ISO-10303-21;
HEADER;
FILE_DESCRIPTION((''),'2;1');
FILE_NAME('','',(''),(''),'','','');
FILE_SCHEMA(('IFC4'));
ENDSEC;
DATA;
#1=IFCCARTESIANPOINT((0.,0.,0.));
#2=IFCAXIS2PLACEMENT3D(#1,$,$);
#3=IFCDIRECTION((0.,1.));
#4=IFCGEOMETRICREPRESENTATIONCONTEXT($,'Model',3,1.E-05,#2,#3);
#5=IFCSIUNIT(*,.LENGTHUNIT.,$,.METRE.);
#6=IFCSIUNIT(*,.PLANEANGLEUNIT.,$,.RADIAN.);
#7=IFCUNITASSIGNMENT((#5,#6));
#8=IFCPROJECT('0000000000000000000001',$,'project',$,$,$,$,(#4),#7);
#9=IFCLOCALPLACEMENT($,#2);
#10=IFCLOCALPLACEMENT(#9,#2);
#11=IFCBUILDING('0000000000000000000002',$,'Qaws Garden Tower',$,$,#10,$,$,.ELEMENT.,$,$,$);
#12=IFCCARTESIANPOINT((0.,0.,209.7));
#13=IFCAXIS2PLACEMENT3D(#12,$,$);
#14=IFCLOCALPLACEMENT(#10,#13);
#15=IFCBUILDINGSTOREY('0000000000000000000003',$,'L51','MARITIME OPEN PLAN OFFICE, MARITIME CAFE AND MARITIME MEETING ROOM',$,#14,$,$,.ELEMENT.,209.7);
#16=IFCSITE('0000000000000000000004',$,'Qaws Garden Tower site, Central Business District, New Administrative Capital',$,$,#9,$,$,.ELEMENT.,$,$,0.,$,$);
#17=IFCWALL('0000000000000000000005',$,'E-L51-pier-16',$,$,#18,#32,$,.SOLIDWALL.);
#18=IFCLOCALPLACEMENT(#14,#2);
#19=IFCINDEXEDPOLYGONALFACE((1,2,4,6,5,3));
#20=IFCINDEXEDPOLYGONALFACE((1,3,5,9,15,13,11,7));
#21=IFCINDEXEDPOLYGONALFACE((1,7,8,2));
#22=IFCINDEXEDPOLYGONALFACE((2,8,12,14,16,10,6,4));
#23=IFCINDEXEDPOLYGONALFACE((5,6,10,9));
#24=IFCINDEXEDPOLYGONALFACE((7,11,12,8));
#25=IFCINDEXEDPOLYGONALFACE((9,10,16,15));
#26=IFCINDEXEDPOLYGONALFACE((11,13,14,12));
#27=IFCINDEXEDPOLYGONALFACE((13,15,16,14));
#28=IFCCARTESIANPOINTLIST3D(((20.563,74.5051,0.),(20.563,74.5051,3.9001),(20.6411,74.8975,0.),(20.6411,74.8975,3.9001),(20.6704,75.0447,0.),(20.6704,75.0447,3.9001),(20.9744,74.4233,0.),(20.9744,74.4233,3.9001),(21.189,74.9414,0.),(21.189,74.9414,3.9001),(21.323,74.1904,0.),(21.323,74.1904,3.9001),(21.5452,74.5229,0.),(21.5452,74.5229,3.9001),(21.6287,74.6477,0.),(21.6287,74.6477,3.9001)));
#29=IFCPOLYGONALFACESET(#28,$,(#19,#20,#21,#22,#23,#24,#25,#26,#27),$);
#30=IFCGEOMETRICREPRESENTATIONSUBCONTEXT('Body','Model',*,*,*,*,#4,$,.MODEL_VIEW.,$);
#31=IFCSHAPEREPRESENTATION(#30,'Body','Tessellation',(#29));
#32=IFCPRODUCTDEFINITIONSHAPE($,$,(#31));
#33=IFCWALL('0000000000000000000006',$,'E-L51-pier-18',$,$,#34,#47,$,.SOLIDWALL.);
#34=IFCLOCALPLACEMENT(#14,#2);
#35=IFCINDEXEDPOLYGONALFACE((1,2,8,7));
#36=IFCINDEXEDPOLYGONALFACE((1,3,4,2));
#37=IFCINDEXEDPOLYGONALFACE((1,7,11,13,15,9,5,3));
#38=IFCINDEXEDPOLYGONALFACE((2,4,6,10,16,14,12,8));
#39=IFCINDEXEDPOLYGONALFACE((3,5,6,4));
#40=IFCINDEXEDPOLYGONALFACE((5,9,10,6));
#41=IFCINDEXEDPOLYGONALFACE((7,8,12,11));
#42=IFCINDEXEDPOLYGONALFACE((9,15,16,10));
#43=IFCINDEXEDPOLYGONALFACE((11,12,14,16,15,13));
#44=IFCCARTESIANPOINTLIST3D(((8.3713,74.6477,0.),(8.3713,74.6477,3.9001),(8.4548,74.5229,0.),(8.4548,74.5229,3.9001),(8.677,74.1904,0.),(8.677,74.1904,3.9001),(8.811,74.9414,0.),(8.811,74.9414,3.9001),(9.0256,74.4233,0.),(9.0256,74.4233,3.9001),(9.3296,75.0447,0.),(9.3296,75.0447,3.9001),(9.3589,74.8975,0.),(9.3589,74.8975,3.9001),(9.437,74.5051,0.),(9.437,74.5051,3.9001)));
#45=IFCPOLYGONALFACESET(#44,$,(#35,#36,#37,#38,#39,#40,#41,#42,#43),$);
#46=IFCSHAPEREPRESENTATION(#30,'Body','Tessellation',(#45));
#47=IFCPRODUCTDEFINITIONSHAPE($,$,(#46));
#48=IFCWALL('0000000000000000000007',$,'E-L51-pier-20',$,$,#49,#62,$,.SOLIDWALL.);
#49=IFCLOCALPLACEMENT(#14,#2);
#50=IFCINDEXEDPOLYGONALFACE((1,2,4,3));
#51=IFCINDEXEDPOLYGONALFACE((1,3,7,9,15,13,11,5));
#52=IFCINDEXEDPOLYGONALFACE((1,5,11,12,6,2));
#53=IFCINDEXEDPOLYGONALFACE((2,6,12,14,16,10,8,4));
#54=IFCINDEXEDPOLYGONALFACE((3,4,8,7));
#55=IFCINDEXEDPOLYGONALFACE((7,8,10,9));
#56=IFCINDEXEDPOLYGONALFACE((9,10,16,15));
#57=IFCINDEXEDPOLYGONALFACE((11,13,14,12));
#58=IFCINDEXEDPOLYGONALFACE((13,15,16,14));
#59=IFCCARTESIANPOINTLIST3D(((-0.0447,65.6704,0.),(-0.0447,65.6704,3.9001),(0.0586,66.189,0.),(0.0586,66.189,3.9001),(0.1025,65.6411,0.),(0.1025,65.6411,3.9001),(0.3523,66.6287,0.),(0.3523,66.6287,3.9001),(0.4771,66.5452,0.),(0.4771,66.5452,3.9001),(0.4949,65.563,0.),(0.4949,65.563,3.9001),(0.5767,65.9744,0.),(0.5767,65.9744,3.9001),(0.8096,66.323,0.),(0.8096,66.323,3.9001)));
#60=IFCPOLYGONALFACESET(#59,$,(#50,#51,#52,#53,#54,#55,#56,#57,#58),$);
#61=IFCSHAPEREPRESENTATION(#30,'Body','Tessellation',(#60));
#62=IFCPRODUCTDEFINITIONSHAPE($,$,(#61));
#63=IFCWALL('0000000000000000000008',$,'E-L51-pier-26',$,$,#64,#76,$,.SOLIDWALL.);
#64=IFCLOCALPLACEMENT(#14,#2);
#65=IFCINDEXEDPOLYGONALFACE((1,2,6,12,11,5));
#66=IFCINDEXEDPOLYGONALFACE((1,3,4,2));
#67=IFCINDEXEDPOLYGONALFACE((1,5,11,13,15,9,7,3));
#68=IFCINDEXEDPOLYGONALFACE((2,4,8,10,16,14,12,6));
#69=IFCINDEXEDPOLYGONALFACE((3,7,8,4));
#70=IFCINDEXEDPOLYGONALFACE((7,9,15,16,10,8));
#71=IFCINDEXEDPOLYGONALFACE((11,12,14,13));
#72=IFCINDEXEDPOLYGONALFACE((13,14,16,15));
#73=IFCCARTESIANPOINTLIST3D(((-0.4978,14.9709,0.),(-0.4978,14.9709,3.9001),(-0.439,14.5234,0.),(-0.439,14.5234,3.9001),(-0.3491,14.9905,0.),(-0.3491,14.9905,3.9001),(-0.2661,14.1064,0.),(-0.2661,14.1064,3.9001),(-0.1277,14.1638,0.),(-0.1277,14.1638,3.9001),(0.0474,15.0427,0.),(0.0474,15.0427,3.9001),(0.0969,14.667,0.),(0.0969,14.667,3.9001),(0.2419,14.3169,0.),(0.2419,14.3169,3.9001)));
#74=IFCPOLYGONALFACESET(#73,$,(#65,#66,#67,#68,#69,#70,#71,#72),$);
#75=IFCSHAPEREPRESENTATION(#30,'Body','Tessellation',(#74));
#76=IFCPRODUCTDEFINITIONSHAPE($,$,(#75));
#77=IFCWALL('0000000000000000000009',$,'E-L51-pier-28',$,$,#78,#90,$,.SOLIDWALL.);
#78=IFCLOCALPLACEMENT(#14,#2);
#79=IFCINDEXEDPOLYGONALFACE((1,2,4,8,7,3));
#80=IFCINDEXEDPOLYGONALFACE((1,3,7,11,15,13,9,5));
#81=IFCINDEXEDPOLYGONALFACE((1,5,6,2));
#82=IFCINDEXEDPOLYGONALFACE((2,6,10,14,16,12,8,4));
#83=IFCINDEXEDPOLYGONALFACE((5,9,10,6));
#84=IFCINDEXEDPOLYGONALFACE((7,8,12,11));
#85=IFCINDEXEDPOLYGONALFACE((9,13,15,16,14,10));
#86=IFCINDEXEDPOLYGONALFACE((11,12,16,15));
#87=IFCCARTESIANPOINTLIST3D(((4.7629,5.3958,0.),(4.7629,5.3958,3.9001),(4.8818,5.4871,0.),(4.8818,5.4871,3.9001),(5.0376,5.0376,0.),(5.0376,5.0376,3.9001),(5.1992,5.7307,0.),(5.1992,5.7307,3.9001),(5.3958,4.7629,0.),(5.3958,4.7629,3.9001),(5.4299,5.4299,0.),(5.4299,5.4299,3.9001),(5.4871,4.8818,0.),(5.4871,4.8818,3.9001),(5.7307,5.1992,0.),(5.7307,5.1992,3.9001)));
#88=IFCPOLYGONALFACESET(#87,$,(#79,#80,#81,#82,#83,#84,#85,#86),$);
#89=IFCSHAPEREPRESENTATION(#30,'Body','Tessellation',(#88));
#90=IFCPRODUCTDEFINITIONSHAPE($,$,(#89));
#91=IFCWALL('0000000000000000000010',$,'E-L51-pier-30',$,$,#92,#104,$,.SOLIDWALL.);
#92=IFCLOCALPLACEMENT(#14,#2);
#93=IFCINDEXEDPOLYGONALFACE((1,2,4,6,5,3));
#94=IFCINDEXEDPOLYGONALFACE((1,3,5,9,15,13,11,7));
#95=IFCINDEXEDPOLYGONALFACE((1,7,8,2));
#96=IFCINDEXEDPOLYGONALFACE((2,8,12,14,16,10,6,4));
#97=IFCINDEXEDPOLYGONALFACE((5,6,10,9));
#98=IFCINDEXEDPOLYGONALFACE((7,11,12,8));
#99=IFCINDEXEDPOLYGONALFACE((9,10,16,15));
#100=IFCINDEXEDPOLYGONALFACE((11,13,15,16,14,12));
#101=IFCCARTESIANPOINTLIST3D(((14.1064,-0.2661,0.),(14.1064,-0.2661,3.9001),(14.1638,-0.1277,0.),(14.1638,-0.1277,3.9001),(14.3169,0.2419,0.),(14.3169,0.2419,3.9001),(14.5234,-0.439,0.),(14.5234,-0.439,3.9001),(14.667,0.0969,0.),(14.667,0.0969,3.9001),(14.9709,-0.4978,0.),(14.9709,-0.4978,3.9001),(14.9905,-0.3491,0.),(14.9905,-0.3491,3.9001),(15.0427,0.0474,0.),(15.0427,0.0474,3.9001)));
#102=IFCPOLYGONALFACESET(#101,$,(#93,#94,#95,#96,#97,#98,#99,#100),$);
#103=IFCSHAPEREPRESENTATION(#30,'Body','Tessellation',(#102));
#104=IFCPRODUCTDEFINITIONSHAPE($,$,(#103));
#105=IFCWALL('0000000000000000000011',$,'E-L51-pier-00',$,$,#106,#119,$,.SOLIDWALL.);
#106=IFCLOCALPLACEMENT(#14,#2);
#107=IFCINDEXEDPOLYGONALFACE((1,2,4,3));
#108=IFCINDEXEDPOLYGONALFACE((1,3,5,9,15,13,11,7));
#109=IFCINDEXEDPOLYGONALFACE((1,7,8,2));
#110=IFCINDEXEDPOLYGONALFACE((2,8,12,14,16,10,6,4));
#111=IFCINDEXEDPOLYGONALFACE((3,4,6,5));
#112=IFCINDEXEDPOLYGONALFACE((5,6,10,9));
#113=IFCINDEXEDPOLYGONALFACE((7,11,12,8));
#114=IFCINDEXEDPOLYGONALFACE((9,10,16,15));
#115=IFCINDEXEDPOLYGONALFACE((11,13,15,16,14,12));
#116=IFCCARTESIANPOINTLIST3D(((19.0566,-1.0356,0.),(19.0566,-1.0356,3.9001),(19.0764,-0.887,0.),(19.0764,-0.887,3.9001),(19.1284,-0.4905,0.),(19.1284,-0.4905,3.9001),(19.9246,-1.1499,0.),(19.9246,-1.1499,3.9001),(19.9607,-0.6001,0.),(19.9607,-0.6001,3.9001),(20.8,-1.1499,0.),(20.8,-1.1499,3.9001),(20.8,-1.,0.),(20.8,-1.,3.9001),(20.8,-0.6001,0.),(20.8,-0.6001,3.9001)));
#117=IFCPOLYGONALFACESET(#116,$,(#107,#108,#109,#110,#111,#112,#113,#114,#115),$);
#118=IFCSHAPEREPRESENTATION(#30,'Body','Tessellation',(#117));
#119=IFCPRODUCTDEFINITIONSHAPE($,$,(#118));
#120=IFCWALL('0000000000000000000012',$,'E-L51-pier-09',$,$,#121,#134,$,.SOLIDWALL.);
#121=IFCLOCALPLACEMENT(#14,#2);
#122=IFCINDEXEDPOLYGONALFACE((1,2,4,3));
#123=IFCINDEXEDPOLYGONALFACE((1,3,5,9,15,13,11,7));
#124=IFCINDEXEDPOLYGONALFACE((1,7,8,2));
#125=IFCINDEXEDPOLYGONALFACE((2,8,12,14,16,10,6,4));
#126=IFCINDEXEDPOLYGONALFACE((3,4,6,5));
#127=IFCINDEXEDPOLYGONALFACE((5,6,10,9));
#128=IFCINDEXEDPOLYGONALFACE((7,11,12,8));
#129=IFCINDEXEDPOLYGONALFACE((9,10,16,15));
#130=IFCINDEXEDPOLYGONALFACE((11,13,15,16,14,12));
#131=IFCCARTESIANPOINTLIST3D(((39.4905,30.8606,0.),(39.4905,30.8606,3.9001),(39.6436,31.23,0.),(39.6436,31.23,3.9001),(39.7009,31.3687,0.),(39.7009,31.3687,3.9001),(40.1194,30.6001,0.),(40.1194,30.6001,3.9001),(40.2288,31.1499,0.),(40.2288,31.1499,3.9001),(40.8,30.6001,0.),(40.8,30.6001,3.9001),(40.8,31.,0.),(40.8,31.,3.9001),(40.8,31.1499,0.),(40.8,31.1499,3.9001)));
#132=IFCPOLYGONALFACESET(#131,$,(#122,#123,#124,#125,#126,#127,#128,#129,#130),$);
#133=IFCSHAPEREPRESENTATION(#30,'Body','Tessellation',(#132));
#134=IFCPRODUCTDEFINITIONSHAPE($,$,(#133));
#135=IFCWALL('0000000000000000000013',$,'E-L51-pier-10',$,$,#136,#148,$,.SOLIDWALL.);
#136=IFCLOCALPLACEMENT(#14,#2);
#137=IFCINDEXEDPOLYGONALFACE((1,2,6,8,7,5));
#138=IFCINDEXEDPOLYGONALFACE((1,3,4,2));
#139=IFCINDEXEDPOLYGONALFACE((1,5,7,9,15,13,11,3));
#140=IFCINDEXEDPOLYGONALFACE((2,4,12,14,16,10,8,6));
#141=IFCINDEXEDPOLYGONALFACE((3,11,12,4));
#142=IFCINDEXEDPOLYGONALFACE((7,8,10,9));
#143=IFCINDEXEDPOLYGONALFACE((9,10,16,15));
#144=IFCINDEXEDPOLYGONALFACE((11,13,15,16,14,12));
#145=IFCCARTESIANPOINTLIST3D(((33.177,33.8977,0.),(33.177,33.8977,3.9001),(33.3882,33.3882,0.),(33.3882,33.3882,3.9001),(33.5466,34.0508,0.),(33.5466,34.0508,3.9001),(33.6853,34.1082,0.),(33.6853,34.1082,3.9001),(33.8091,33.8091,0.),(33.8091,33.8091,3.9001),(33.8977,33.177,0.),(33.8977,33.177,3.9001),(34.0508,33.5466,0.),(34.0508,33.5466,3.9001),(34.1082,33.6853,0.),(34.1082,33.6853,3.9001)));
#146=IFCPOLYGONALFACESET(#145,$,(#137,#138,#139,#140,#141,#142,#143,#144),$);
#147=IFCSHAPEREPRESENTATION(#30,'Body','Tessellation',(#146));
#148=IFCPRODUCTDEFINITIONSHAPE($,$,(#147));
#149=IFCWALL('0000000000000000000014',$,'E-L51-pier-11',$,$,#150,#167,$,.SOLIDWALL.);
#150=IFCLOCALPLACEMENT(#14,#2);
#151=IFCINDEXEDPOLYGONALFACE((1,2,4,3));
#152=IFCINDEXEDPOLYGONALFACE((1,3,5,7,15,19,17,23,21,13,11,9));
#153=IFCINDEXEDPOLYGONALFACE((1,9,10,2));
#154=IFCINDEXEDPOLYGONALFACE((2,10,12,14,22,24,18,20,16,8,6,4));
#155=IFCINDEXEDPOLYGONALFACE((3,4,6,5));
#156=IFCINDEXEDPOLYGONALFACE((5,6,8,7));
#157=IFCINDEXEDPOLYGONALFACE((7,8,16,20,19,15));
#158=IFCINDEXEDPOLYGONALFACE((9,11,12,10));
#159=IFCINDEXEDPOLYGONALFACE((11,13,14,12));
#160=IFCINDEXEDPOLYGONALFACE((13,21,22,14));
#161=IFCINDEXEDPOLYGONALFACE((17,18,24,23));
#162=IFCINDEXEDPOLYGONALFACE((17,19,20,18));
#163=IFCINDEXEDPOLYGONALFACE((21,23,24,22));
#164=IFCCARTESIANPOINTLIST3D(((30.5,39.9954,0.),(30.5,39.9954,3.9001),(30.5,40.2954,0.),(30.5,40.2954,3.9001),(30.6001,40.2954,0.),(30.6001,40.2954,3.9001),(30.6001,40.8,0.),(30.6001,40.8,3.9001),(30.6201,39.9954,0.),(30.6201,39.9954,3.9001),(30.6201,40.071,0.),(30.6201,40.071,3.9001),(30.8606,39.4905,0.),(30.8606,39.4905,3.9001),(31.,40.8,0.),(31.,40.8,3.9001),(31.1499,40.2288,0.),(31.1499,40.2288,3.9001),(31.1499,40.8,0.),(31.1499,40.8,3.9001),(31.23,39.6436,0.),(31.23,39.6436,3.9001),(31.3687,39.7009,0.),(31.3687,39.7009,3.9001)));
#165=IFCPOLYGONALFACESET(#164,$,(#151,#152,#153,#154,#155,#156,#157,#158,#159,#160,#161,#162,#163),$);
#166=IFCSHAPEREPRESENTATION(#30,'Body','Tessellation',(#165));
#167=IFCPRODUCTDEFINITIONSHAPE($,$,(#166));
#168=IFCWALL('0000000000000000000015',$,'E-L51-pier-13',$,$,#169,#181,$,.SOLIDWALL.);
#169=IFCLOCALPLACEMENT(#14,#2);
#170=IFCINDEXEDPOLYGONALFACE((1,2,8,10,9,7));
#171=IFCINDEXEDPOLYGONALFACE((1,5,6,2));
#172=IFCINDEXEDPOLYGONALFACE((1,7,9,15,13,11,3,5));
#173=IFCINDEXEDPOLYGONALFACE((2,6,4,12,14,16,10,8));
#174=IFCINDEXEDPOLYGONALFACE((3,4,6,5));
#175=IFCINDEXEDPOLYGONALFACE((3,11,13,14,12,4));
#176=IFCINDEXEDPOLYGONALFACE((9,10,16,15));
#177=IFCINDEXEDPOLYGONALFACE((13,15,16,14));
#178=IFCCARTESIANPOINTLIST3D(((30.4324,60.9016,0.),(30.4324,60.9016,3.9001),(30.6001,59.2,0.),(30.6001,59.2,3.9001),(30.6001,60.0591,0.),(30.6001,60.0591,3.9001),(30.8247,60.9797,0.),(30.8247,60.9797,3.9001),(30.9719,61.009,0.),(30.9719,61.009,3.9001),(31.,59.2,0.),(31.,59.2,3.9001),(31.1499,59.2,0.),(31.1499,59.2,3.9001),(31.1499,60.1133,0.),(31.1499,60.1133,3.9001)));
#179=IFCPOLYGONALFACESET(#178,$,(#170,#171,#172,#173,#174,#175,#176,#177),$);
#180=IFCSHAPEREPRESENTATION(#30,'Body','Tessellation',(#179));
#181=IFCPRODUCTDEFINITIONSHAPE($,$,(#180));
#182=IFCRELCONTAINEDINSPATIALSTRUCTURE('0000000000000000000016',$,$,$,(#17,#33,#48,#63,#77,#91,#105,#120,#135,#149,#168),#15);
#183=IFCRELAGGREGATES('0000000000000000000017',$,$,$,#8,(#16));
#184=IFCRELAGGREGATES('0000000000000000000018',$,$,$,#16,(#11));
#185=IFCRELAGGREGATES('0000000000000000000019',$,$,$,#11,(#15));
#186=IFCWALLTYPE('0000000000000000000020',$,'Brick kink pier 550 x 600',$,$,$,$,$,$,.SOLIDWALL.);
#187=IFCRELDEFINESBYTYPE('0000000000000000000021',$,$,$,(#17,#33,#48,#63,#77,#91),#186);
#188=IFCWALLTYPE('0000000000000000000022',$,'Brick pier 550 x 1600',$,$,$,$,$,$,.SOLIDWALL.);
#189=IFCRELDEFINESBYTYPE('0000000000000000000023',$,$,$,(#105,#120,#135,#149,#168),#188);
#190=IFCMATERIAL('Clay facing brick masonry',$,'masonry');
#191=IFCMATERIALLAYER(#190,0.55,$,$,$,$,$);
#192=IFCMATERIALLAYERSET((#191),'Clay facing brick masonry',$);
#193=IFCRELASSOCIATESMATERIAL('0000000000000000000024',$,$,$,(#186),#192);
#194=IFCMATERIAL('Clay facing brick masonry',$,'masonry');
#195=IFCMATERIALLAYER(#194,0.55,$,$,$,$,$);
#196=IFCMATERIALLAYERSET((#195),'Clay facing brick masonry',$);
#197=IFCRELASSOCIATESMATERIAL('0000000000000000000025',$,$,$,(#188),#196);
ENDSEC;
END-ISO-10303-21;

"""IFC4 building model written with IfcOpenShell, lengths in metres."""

from ifc_helpers import new_model, si_unit, direction, frame, origin, place, context, subcontext, project, spatial, polyline, outline, extrude, material, layer, layer_set, type_object, element, save


model = new_model("IFC4")

# Units and contexts
model_context = context("Model", 3, precision=1e-05, world=origin(), true_north=direction((0.0, 1.0)))
body_context = subcontext(model_context, "Body", "Model", "MODEL_VIEW")
ifc_project = project(units=[si_unit("LENGTHUNIT", "METRE"), si_unit("PLANEANGLEUNIT", "RADIAN")], contexts=[model_context])

# Site, building, storey
site_placement = place(None, origin())
site = spatial("IfcSite", under=ifc_project, at=site_placement, Name="Qaws Garden Tower site, Central Business District, New Administrative Capital", CompositionType="ELEMENT", RefElevation=0.0)
building_placement = place(site_placement, origin())
building = spatial("IfcBuilding", under=site, at=building_placement, Name="Qaws Garden Tower", CompositionType="ELEMENT")
storey_placement = place(building_placement, frame((0.0, 0.0, 209.7)))
storey = spatial("IfcBuildingStorey", under=building, at=storey_placement, Name="L51", Description="MARITIME OPEN PLAN OFFICE, MARITIME CAFE AND MARITIME MEETING ROOM", CompositionType="ELEMENT", Elevation=209.7)

# Walls
placement = place(storey_placement, origin())
ifc_material_1 = material(Name="Clay facing brick masonry", Category="masonry")
ifc_layer_1 = layer(ifc_material_1, 0.55)
ifc_layer_set_1 = layer_set([ifc_layer_1], Name="Clay facing brick masonry")
wall_type_1 = type_object("IfcWallType", Name="Brick kink pier 550 x 600", PredefinedType="SOLIDWALL", material=ifc_layer_set_1)
element("IfcWall", 1, at=placement, inside=storey, type_object=wall_type_1, Name="E-L51-pier-16", PredefinedType="SOLIDWALL", context=body_context, shape_type="SweptSolid", body=[
    extrude(outline(polyline([(21.5452, 74.5229), (21.6287, 74.6477), (21.189, 74.9414), (20.6704, 75.0447), (20.6411, 74.8975), (20.563, 74.5051), (20.9744, 74.4233), (21.323, 74.1904), (21.5452, 74.5229)])), origin(), (0.0, 0.0, 1.0), 3.9001),
])
element("IfcWall", 2, at=placement, inside=storey, type_object=wall_type_1, Name="E-L51-pier-18", PredefinedType="SOLIDWALL", context=body_context, shape_type="SweptSolid", body=[
    extrude(outline(polyline([(9.3589, 74.8975), (9.3296, 75.0447), (8.811, 74.9414), (8.3713, 74.6477), (8.4548, 74.5229), (8.677, 74.1904), (9.0256, 74.4233), (9.437, 74.5051), (9.3589, 74.8975)])), origin(), (0.0, 0.0, 1.0), 3.9001),
])
element("IfcWall", 3, at=placement, inside=storey, type_object=wall_type_1, Name="E-L51-pier-20", PredefinedType="SOLIDWALL", context=body_context, shape_type="SweptSolid", body=[
    extrude(outline(polyline([(0.4771, 66.5452), (0.3523, 66.6287), (0.0586, 66.189), (-0.0447, 65.6704), (0.1025, 65.6411), (0.4949, 65.563), (0.5767, 65.9744), (0.8096, 66.323), (0.4771, 66.5452)])), origin(), (0.0, 0.0, 1.0), 3.9001),
])
element("IfcWall", 4, at=placement, inside=storey, type_object=wall_type_1, Name="E-L51-pier-26", PredefinedType="SOLIDWALL", context=body_context, shape_type="SweptSolid", body=[
    extrude(outline(polyline([(-0.3491, 14.9905), (-0.4978, 14.9709), (-0.439, 14.5234), (-0.2661, 14.1064), (-0.1277, 14.1638), (0.2419, 14.3169), (0.0969, 14.667), (0.0474, 15.0427), (-0.3491, 14.9905)])), origin(), (0.0, 0.0, 1.0), 3.9001),
])
element("IfcWall", 5, at=placement, inside=storey, type_object=wall_type_1, Name="E-L51-pier-28", PredefinedType="SOLIDWALL", context=body_context, shape_type="SweptSolid", body=[
    extrude(outline(polyline([(4.8818, 5.4871), (4.7629, 5.3958), (5.0376, 5.0376), (5.3958, 4.7629), (5.4871, 4.8818), (5.7307, 5.1992), (5.4299, 5.4299), (5.1992, 5.7307), (4.8818, 5.4871)])), origin(), (0.0, 0.0, 1.0), 3.9001),
])
element("IfcWall", 6, at=placement, inside=storey, type_object=wall_type_1, Name="E-L51-pier-30", PredefinedType="SOLIDWALL", context=body_context, shape_type="SweptSolid", body=[
    extrude(outline(polyline([(14.1638, -0.1277), (14.1064, -0.2661), (14.5234, -0.439), (14.9709, -0.4978), (14.9905, -0.3491), (15.0427, 0.0474), (14.667, 0.0969), (14.3169, 0.2419), (14.1638, -0.1277)])), origin(), (0.0, 0.0, 1.0), 3.9001),
])
ifc_material_2 = material(Name="Clay facing brick masonry", Category="masonry")
ifc_layer_2 = layer(ifc_material_2, 0.55)
ifc_layer_set_2 = layer_set([ifc_layer_2], Name="Clay facing brick masonry")
wall_type_2 = type_object("IfcWallType", Name="Brick pier 550 x 1600", PredefinedType="SOLIDWALL", material=ifc_layer_set_2)
element("IfcWall", 7, at=placement, inside=storey, type_object=wall_type_2, Name="E-L51-pier-00", PredefinedType="SOLIDWALL", context=body_context, shape_type="SweptSolid", body=[
    extrude(outline(polyline([(19.0764, -0.887), (19.0566, -1.0356), (19.9246, -1.1499), (20.8, -1.1499), (20.8, -1.0), (20.8, -0.6001), (19.9607, -0.6001), (19.1284, -0.4905), (19.0764, -0.887)])), origin(), (0.0, 0.0, 1.0), 3.9001),
])
element("IfcWall", 8, at=placement, inside=storey, type_object=wall_type_2, Name="E-L51-pier-09", PredefinedType="SOLIDWALL", context=body_context, shape_type="SweptSolid", body=[
    extrude(outline(polyline([(40.8, 31.0), (40.8, 31.1499), (40.2288, 31.1499), (39.7009, 31.3687), (39.6436, 31.23), (39.4905, 30.8606), (40.1194, 30.6001), (40.8, 30.6001), (40.8, 31.0)])), origin(), (0.0, 0.0, 1.0), 3.9001),
])
element("IfcWall", 9, at=placement, inside=storey, type_object=wall_type_2, Name="E-L51-pier-10", PredefinedType="SOLIDWALL", context=body_context, shape_type="SweptSolid", body=[
    extrude(outline(polyline([(34.0508, 33.5466), (34.1082, 33.6853), (33.8091, 33.8091), (33.6853, 34.1082), (33.5466, 34.0508), (33.177, 33.8977), (33.3882, 33.3882), (33.8977, 33.177), (34.0508, 33.5466)])), origin(), (0.0, 0.0, 1.0), 3.9001),
])
element("IfcWall", 10, at=placement, inside=storey, type_object=wall_type_2, Name="E-L51-pier-11", PredefinedType="SOLIDWALL", context=body_context, shape_type="SweptSolid", body=[
    extrude(outline(polyline([(30.6201, 39.9954), (30.6201, 40.071), (30.8606, 39.4905), (31.23, 39.6436), (31.3687, 39.7009), (31.1499, 40.2288), (31.1499, 40.8), (31.0, 40.8), (30.6001, 40.8), (30.6001, 40.2954), (30.5, 40.2954), (30.5, 39.9954), (30.6201, 39.9954)])), origin(), (0.0, 0.0, 1.0), 3.9001),
])
element("IfcWall", 11, at=placement, inside=storey, type_object=wall_type_2, Name="E-L51-pier-13", PredefinedType="SOLIDWALL", context=body_context, shape_type="SweptSolid", body=[
    extrude(outline(polyline([(31.0, 59.2), (31.1499, 59.2), (31.1499, 60.1133), (30.9719, 61.009), (30.8247, 60.9797), (30.4324, 60.9016), (30.6001, 60.0591), (30.6001, 59.2), (31.0, 59.2)])), origin(), (0.0, 0.0, 1.0), 3.9001),
])

save(model, "model.ifc")
